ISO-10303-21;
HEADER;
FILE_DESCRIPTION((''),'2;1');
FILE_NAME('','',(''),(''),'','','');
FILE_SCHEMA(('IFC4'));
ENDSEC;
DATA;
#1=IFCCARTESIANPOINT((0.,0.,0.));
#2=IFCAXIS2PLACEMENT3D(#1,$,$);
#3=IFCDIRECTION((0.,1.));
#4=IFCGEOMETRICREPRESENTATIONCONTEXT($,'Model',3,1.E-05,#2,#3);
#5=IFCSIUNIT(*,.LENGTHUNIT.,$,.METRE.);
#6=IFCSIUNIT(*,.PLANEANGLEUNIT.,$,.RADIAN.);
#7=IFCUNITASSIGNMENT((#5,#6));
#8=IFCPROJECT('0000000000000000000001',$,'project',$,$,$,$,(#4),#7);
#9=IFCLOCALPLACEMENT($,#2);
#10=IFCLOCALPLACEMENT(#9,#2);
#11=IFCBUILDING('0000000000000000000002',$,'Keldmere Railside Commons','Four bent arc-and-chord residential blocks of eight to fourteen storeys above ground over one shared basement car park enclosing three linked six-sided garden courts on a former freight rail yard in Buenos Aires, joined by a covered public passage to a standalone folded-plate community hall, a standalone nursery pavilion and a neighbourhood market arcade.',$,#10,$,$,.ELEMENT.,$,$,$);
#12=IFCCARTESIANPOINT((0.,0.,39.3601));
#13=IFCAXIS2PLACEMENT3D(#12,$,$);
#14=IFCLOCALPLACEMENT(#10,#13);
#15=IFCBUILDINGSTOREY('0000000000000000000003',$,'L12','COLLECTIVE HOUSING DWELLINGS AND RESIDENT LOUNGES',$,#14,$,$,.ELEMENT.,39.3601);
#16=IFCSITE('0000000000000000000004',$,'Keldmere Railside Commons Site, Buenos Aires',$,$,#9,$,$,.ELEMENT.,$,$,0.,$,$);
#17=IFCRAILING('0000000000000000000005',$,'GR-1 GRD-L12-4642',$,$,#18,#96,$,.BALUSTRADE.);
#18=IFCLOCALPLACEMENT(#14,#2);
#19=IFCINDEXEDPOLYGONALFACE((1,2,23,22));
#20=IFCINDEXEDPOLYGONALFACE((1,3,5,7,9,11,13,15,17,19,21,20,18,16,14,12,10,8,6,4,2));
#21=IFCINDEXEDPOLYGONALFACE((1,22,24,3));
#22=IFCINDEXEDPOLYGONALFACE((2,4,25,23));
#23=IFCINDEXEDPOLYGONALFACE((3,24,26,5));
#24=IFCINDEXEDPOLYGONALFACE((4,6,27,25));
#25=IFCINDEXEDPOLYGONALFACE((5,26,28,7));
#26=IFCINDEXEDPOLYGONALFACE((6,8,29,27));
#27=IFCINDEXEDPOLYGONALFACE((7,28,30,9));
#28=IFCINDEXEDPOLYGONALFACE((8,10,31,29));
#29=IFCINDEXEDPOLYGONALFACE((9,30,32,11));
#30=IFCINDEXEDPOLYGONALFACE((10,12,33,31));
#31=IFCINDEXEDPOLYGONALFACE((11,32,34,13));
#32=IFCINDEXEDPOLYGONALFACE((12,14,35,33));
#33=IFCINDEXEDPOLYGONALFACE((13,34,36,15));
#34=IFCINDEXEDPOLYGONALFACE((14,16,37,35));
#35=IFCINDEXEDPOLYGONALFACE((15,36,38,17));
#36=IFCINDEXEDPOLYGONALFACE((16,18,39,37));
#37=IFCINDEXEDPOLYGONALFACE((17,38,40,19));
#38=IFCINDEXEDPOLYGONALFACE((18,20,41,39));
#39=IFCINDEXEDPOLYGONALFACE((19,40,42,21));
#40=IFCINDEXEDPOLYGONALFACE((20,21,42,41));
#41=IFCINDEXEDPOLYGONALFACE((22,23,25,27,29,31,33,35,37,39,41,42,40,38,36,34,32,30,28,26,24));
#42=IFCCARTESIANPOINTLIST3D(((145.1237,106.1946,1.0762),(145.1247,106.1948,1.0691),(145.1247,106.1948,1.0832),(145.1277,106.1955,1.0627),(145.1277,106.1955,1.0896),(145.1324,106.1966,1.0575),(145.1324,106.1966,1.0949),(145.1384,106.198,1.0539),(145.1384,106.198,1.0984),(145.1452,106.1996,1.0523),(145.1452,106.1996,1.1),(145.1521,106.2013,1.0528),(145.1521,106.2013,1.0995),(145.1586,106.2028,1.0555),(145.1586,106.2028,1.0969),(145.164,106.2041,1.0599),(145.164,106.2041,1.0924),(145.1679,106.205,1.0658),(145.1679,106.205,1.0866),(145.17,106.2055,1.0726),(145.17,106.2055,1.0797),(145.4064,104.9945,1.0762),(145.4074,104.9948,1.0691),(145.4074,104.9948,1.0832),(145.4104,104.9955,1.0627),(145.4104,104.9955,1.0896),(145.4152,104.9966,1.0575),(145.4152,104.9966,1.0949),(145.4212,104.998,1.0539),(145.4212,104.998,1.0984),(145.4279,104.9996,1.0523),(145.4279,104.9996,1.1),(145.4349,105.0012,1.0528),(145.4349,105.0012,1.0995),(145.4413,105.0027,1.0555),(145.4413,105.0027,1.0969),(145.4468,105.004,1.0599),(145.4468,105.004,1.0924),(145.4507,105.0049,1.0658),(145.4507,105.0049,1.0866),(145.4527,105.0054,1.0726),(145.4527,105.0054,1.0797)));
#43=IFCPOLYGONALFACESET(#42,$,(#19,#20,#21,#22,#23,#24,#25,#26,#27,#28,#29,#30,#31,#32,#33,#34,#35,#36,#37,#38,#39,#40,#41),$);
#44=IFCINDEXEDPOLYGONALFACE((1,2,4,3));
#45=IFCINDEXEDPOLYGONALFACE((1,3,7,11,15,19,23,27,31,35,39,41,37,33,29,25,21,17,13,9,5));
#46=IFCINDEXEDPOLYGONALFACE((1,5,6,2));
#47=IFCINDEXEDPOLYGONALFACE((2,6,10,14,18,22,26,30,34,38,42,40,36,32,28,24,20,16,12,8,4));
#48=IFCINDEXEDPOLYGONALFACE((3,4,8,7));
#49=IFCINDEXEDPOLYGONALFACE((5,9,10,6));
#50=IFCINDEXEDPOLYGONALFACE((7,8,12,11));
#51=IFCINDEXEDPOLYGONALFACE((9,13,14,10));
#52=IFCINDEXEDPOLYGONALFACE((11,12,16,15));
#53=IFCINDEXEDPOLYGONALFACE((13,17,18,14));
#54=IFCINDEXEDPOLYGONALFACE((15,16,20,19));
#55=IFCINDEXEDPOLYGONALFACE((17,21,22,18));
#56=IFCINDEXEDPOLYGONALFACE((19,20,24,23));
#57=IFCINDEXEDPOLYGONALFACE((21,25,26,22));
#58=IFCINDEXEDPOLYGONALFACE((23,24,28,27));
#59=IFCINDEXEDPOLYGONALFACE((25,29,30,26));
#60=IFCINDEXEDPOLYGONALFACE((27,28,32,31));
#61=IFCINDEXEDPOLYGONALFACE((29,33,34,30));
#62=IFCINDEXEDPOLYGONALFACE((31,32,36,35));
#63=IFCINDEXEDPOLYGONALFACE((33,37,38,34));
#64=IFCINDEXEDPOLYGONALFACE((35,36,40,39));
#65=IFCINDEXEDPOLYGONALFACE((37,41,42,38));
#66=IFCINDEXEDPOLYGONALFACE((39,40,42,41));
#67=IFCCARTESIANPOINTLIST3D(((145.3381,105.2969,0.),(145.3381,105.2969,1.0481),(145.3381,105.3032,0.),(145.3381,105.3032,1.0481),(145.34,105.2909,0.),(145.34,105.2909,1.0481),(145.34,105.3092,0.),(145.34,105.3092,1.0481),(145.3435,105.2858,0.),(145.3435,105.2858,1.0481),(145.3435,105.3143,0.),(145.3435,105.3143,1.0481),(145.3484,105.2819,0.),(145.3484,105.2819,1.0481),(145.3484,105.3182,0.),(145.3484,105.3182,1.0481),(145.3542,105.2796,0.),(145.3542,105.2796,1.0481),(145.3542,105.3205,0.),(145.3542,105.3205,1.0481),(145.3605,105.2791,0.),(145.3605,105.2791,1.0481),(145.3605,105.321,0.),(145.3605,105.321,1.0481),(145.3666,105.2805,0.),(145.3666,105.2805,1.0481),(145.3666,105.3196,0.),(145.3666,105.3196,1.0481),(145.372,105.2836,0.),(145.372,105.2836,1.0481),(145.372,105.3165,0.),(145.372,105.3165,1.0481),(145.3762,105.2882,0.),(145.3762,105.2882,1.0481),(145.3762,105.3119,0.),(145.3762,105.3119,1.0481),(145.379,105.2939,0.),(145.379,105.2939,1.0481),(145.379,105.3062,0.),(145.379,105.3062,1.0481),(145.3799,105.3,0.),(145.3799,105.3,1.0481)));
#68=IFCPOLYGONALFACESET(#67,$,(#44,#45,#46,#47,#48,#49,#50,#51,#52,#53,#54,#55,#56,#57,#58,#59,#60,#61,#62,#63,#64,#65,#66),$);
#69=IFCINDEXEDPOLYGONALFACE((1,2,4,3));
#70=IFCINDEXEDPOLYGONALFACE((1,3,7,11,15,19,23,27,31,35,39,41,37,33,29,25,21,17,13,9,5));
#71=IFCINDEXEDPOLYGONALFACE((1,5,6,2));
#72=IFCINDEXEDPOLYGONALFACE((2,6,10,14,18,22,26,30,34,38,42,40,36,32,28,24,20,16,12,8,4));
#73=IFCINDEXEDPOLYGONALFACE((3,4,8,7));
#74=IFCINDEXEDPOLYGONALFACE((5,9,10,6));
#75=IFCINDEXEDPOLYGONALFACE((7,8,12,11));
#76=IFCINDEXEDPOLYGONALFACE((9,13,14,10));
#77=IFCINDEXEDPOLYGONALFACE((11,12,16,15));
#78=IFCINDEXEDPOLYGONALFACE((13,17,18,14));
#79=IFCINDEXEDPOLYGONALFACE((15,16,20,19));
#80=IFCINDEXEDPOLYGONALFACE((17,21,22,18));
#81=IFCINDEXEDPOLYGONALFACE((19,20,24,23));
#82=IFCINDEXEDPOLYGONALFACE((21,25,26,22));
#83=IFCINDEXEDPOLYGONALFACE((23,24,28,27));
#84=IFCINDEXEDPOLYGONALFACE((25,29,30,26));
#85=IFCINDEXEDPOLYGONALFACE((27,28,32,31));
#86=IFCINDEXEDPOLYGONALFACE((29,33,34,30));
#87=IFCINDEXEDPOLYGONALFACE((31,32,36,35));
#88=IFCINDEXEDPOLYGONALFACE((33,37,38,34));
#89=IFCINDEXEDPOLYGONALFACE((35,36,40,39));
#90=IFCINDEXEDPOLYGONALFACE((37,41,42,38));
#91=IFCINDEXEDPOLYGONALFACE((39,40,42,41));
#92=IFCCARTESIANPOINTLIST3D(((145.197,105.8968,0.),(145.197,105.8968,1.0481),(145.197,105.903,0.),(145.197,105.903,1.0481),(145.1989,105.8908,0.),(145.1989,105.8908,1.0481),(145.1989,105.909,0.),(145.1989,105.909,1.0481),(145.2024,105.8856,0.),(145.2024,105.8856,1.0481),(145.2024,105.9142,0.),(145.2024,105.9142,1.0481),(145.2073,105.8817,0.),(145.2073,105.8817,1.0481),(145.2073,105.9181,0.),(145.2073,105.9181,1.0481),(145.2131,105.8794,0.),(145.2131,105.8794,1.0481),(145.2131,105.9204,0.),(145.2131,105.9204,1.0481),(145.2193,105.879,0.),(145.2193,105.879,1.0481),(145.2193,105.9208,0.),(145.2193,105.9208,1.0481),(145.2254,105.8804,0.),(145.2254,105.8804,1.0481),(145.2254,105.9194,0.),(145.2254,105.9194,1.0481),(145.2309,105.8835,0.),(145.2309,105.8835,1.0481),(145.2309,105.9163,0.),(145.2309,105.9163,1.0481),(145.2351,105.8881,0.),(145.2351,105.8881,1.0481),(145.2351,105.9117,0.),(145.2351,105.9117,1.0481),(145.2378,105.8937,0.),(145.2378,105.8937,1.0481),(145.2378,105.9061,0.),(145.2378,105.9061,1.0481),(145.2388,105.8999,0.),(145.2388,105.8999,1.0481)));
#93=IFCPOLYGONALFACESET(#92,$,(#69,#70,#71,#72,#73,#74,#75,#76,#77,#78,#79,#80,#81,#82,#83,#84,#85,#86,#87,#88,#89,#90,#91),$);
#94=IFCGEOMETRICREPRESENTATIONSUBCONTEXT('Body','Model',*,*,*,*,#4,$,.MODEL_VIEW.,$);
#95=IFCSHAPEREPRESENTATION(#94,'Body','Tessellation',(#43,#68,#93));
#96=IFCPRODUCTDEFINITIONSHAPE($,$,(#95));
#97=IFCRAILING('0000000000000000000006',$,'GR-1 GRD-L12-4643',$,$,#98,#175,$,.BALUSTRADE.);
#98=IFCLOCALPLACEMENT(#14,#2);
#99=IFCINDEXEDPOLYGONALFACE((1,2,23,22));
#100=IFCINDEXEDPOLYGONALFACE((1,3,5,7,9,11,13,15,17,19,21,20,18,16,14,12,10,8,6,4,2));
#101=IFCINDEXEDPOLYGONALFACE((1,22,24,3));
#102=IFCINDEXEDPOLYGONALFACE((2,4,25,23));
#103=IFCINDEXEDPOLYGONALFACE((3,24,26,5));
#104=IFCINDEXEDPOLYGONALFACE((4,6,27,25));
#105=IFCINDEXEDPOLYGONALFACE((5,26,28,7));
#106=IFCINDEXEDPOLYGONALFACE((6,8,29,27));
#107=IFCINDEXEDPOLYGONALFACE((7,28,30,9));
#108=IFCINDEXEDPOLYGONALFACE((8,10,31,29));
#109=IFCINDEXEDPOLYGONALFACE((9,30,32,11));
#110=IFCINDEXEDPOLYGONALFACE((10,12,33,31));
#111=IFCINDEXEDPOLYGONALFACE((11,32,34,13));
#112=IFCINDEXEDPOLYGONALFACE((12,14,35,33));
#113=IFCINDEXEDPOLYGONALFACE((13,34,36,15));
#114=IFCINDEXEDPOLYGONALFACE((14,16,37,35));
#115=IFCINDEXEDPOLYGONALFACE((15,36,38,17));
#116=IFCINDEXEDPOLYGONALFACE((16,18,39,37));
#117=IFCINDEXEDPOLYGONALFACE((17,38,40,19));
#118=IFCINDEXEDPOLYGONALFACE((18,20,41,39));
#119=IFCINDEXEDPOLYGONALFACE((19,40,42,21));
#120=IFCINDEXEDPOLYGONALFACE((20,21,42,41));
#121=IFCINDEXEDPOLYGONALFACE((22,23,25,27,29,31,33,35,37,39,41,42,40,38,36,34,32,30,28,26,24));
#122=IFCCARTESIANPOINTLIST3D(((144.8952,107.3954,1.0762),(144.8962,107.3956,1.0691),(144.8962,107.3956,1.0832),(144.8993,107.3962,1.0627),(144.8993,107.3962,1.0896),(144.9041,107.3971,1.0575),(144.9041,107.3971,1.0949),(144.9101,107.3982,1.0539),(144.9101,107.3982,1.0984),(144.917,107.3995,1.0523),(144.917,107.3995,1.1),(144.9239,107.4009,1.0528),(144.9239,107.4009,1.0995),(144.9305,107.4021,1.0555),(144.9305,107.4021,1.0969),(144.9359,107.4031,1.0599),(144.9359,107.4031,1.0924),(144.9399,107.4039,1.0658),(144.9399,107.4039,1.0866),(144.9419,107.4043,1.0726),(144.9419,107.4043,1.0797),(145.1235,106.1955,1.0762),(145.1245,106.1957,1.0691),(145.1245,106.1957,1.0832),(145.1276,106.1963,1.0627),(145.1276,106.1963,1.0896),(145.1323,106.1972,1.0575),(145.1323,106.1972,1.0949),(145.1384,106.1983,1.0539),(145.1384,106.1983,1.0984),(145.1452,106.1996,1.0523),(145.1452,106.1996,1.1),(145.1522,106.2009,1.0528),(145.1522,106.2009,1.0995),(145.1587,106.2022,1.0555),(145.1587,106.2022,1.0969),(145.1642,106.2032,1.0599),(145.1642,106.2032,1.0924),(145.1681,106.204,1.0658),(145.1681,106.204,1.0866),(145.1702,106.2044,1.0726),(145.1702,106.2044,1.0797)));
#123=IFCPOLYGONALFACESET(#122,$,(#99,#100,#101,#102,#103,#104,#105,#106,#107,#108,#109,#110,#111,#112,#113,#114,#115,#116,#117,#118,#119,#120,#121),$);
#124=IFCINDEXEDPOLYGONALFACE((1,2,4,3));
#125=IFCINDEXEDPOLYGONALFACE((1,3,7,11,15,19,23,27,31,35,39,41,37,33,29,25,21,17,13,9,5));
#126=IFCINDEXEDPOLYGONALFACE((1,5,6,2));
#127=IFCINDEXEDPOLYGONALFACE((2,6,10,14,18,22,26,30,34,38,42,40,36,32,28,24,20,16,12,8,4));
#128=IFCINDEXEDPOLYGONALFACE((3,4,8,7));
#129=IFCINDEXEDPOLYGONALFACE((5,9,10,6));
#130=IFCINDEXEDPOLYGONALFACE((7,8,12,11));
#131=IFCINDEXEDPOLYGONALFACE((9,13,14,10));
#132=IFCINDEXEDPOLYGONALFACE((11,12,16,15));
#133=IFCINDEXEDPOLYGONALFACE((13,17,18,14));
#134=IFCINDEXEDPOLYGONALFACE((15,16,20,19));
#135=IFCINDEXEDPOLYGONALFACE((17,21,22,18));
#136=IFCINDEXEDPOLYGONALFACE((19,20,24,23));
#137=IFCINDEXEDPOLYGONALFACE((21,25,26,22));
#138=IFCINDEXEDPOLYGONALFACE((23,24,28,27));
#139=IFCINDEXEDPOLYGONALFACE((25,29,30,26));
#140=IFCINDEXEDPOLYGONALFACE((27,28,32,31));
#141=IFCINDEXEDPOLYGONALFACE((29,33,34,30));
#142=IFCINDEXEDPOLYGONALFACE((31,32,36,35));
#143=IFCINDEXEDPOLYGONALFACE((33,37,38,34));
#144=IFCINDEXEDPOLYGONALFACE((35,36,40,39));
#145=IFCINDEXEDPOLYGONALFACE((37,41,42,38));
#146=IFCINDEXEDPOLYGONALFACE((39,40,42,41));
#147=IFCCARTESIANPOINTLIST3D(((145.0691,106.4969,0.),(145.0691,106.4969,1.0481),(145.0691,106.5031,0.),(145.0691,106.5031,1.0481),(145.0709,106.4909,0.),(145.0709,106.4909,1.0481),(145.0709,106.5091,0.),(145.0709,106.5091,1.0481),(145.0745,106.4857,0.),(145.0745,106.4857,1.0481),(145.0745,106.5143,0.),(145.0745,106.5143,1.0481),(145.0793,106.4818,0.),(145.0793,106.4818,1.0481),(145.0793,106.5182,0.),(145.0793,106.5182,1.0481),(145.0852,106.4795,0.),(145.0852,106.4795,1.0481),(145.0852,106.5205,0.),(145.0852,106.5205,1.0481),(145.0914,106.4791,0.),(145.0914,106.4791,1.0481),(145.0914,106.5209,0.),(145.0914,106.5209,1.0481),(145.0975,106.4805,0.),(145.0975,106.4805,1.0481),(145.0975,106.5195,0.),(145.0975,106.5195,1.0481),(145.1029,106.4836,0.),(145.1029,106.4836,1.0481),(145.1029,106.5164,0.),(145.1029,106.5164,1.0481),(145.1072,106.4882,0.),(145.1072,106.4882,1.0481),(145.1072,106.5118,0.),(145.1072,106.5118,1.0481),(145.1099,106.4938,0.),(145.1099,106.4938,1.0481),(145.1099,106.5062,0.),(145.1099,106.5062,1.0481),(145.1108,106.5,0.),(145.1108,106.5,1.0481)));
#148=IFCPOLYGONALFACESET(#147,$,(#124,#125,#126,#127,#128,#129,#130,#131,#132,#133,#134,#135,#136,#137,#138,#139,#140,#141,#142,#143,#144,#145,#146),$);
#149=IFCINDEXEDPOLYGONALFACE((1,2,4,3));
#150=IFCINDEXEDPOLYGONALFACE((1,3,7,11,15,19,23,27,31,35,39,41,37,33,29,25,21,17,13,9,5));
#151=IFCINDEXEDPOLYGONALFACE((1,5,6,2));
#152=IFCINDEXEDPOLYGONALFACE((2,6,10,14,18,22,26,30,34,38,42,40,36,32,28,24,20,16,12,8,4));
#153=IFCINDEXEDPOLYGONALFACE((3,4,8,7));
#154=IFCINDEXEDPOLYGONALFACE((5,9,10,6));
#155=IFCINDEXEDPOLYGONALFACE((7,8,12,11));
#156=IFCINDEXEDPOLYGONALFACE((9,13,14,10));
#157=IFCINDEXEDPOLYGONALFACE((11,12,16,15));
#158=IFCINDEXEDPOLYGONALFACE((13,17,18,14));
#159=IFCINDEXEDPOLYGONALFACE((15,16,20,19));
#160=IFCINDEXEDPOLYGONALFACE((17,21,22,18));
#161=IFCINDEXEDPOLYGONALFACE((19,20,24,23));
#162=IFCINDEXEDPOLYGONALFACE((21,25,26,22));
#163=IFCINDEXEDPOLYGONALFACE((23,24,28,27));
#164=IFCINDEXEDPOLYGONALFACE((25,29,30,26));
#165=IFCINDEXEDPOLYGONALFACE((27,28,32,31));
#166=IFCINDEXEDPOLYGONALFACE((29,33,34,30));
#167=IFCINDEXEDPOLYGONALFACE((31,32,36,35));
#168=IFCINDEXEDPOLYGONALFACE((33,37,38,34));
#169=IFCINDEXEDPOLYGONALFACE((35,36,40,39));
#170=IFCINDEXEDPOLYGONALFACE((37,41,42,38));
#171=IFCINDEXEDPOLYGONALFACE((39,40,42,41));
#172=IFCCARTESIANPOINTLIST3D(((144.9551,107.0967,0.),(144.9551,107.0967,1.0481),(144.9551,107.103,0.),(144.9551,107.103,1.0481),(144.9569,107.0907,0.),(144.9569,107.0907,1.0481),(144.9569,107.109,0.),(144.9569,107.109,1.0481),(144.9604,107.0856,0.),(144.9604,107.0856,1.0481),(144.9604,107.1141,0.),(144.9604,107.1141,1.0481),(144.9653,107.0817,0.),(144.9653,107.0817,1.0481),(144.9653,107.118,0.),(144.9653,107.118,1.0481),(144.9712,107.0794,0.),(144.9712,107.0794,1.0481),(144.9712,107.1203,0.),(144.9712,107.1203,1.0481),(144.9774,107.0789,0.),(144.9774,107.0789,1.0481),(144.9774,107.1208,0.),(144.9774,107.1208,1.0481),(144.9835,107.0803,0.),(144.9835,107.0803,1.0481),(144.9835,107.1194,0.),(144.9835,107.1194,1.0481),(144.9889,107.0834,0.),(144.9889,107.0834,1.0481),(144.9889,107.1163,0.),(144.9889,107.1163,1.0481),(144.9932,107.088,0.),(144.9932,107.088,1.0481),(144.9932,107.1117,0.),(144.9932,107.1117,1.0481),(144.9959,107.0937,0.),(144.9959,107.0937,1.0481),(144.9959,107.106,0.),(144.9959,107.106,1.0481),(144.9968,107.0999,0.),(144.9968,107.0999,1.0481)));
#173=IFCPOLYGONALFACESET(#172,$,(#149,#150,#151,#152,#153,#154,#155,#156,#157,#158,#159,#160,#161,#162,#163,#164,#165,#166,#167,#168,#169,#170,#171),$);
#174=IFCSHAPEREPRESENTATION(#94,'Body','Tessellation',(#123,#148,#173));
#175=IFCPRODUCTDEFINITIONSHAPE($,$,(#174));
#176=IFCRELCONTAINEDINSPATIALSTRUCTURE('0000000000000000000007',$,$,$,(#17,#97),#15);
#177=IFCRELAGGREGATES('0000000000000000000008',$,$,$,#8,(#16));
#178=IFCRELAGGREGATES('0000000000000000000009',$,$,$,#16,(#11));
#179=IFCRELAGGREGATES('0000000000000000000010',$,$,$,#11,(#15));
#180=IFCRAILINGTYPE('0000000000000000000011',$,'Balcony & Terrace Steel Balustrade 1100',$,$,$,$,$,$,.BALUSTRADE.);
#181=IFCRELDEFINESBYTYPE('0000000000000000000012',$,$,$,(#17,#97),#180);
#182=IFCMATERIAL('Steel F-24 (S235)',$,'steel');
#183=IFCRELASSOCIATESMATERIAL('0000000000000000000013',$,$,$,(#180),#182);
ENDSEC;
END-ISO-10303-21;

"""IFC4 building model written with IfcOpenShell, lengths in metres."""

from ifc_helpers import new_model, si_unit, direction, frame, origin, origin_2d, place, context, subcontext, project, spatial, circle, extrude, material, type_object, element, save


model = new_model("IFC4")

# Units and contexts
model_context = context("Model", 3, precision=1e-05, world=origin(), true_north=direction((0.0, 1.0)))
body_context = subcontext(model_context, "Body", "Model", "MODEL_VIEW")
ifc_project = project(units=[si_unit("LENGTHUNIT", "METRE"), si_unit("PLANEANGLEUNIT", "RADIAN")], contexts=[model_context])

# Site, building, storey
site_placement = place(None, origin())
site = spatial("IfcSite", under=ifc_project, at=site_placement, Name="Keldmere Railside Commons Site, Buenos Aires", CompositionType="ELEMENT", RefElevation=0.0)
building_placement = place(site_placement, origin())
building = spatial("IfcBuilding", under=site, at=building_placement, Name="Keldmere Railside Commons", Description="Four bent arc-and-chord residential blocks of eight to fourteen storeys above ground over one shared basement car park enclosing three linked six-sided garden courts on a former freight rail yard in Buenos Aires, joined by a covered public passage to a standalone folded-plate community hall, a standalone nursery pavilion and a neighbourhood market arcade.", CompositionType="ELEMENT")
storey_placement = place(building_placement, frame((0.0, 0.0, 39.3601)))
storey = spatial("IfcBuildingStorey", under=building, at=storey_placement, Name="L12", Description="COLLECTIVE HOUSING DWELLINGS AND RESIDENT LOUNGES", CompositionType="ELEMENT", Elevation=39.3601)

# Shared definitions
ifc_material_1 = material(Name="Steel F-24 (S235)", Category="steel")

# Railings
railing_type = type_object("IfcRailingType", Name="Balcony & Terrace Steel Balustrade 1100", PredefinedType="BALUSTRADE", material=ifc_material_1)
railing_1_placement = place(storey_placement, frame((145.4297, 105.0, 0.0)))
element("IfcRailing", 1, at=railing_1_placement, inside=storey, type_object=railing_type, Name="GR-1 GRD-L12-4642", PredefinedType="BALUSTRADE", context=body_context, shape_type="SweptSolid", body=[
    extrude(circle(Radius=0.0239, at=origin_2d()), frame((0.0, 0.0, 1.0762), z_axis=(-0.229326, 0.97335, 0.0), x_axis=(-0.97335, -0.229326, 0.0)), (0.0, 0.0, 1.0), 1.2329),
    extrude(circle(Radius=0.021, at=origin_2d()), frame((-0.0708, 0.3, 0.0)), (0.0, 0.0, 1.0), 1.0481),
    extrude(circle(Radius=0.021, at=origin_2d()), frame((-0.2119, 0.8999, 0.0)), (0.0, 0.0, 1.0), 1.0481),
])
railing_2_placement = place(storey_placement, frame((145.147, 106.2, 0.0)))
element("IfcRailing", 2, at=railing_2_placement, inside=storey, type_object=railing_type, Name="GR-1 GRD-L12-4643", PredefinedType="BALUSTRADE", context=body_context, shape_type="SweptSolid", body=[
    extrude(circle(Radius=0.0239, at=origin_2d()), frame((0.0, 0.0, 1.0762), z_axis=(-0.186882, 0.982382, 0.0), x_axis=(-0.982382, -0.186882, 0.0)), (0.0, 0.0, 1.0), 1.2214),
    extrude(circle(Radius=0.021, at=origin_2d()), frame((-0.0571, 0.3, 0.0)), (0.0, 0.0, 1.0), 1.0481),
    extrude(circle(Radius=0.021, at=origin_2d()), frame((-0.1711, 0.8999, 0.0)), (0.0, 0.0, 1.0), 1.0481),
])

save(model, "model.ifc")
